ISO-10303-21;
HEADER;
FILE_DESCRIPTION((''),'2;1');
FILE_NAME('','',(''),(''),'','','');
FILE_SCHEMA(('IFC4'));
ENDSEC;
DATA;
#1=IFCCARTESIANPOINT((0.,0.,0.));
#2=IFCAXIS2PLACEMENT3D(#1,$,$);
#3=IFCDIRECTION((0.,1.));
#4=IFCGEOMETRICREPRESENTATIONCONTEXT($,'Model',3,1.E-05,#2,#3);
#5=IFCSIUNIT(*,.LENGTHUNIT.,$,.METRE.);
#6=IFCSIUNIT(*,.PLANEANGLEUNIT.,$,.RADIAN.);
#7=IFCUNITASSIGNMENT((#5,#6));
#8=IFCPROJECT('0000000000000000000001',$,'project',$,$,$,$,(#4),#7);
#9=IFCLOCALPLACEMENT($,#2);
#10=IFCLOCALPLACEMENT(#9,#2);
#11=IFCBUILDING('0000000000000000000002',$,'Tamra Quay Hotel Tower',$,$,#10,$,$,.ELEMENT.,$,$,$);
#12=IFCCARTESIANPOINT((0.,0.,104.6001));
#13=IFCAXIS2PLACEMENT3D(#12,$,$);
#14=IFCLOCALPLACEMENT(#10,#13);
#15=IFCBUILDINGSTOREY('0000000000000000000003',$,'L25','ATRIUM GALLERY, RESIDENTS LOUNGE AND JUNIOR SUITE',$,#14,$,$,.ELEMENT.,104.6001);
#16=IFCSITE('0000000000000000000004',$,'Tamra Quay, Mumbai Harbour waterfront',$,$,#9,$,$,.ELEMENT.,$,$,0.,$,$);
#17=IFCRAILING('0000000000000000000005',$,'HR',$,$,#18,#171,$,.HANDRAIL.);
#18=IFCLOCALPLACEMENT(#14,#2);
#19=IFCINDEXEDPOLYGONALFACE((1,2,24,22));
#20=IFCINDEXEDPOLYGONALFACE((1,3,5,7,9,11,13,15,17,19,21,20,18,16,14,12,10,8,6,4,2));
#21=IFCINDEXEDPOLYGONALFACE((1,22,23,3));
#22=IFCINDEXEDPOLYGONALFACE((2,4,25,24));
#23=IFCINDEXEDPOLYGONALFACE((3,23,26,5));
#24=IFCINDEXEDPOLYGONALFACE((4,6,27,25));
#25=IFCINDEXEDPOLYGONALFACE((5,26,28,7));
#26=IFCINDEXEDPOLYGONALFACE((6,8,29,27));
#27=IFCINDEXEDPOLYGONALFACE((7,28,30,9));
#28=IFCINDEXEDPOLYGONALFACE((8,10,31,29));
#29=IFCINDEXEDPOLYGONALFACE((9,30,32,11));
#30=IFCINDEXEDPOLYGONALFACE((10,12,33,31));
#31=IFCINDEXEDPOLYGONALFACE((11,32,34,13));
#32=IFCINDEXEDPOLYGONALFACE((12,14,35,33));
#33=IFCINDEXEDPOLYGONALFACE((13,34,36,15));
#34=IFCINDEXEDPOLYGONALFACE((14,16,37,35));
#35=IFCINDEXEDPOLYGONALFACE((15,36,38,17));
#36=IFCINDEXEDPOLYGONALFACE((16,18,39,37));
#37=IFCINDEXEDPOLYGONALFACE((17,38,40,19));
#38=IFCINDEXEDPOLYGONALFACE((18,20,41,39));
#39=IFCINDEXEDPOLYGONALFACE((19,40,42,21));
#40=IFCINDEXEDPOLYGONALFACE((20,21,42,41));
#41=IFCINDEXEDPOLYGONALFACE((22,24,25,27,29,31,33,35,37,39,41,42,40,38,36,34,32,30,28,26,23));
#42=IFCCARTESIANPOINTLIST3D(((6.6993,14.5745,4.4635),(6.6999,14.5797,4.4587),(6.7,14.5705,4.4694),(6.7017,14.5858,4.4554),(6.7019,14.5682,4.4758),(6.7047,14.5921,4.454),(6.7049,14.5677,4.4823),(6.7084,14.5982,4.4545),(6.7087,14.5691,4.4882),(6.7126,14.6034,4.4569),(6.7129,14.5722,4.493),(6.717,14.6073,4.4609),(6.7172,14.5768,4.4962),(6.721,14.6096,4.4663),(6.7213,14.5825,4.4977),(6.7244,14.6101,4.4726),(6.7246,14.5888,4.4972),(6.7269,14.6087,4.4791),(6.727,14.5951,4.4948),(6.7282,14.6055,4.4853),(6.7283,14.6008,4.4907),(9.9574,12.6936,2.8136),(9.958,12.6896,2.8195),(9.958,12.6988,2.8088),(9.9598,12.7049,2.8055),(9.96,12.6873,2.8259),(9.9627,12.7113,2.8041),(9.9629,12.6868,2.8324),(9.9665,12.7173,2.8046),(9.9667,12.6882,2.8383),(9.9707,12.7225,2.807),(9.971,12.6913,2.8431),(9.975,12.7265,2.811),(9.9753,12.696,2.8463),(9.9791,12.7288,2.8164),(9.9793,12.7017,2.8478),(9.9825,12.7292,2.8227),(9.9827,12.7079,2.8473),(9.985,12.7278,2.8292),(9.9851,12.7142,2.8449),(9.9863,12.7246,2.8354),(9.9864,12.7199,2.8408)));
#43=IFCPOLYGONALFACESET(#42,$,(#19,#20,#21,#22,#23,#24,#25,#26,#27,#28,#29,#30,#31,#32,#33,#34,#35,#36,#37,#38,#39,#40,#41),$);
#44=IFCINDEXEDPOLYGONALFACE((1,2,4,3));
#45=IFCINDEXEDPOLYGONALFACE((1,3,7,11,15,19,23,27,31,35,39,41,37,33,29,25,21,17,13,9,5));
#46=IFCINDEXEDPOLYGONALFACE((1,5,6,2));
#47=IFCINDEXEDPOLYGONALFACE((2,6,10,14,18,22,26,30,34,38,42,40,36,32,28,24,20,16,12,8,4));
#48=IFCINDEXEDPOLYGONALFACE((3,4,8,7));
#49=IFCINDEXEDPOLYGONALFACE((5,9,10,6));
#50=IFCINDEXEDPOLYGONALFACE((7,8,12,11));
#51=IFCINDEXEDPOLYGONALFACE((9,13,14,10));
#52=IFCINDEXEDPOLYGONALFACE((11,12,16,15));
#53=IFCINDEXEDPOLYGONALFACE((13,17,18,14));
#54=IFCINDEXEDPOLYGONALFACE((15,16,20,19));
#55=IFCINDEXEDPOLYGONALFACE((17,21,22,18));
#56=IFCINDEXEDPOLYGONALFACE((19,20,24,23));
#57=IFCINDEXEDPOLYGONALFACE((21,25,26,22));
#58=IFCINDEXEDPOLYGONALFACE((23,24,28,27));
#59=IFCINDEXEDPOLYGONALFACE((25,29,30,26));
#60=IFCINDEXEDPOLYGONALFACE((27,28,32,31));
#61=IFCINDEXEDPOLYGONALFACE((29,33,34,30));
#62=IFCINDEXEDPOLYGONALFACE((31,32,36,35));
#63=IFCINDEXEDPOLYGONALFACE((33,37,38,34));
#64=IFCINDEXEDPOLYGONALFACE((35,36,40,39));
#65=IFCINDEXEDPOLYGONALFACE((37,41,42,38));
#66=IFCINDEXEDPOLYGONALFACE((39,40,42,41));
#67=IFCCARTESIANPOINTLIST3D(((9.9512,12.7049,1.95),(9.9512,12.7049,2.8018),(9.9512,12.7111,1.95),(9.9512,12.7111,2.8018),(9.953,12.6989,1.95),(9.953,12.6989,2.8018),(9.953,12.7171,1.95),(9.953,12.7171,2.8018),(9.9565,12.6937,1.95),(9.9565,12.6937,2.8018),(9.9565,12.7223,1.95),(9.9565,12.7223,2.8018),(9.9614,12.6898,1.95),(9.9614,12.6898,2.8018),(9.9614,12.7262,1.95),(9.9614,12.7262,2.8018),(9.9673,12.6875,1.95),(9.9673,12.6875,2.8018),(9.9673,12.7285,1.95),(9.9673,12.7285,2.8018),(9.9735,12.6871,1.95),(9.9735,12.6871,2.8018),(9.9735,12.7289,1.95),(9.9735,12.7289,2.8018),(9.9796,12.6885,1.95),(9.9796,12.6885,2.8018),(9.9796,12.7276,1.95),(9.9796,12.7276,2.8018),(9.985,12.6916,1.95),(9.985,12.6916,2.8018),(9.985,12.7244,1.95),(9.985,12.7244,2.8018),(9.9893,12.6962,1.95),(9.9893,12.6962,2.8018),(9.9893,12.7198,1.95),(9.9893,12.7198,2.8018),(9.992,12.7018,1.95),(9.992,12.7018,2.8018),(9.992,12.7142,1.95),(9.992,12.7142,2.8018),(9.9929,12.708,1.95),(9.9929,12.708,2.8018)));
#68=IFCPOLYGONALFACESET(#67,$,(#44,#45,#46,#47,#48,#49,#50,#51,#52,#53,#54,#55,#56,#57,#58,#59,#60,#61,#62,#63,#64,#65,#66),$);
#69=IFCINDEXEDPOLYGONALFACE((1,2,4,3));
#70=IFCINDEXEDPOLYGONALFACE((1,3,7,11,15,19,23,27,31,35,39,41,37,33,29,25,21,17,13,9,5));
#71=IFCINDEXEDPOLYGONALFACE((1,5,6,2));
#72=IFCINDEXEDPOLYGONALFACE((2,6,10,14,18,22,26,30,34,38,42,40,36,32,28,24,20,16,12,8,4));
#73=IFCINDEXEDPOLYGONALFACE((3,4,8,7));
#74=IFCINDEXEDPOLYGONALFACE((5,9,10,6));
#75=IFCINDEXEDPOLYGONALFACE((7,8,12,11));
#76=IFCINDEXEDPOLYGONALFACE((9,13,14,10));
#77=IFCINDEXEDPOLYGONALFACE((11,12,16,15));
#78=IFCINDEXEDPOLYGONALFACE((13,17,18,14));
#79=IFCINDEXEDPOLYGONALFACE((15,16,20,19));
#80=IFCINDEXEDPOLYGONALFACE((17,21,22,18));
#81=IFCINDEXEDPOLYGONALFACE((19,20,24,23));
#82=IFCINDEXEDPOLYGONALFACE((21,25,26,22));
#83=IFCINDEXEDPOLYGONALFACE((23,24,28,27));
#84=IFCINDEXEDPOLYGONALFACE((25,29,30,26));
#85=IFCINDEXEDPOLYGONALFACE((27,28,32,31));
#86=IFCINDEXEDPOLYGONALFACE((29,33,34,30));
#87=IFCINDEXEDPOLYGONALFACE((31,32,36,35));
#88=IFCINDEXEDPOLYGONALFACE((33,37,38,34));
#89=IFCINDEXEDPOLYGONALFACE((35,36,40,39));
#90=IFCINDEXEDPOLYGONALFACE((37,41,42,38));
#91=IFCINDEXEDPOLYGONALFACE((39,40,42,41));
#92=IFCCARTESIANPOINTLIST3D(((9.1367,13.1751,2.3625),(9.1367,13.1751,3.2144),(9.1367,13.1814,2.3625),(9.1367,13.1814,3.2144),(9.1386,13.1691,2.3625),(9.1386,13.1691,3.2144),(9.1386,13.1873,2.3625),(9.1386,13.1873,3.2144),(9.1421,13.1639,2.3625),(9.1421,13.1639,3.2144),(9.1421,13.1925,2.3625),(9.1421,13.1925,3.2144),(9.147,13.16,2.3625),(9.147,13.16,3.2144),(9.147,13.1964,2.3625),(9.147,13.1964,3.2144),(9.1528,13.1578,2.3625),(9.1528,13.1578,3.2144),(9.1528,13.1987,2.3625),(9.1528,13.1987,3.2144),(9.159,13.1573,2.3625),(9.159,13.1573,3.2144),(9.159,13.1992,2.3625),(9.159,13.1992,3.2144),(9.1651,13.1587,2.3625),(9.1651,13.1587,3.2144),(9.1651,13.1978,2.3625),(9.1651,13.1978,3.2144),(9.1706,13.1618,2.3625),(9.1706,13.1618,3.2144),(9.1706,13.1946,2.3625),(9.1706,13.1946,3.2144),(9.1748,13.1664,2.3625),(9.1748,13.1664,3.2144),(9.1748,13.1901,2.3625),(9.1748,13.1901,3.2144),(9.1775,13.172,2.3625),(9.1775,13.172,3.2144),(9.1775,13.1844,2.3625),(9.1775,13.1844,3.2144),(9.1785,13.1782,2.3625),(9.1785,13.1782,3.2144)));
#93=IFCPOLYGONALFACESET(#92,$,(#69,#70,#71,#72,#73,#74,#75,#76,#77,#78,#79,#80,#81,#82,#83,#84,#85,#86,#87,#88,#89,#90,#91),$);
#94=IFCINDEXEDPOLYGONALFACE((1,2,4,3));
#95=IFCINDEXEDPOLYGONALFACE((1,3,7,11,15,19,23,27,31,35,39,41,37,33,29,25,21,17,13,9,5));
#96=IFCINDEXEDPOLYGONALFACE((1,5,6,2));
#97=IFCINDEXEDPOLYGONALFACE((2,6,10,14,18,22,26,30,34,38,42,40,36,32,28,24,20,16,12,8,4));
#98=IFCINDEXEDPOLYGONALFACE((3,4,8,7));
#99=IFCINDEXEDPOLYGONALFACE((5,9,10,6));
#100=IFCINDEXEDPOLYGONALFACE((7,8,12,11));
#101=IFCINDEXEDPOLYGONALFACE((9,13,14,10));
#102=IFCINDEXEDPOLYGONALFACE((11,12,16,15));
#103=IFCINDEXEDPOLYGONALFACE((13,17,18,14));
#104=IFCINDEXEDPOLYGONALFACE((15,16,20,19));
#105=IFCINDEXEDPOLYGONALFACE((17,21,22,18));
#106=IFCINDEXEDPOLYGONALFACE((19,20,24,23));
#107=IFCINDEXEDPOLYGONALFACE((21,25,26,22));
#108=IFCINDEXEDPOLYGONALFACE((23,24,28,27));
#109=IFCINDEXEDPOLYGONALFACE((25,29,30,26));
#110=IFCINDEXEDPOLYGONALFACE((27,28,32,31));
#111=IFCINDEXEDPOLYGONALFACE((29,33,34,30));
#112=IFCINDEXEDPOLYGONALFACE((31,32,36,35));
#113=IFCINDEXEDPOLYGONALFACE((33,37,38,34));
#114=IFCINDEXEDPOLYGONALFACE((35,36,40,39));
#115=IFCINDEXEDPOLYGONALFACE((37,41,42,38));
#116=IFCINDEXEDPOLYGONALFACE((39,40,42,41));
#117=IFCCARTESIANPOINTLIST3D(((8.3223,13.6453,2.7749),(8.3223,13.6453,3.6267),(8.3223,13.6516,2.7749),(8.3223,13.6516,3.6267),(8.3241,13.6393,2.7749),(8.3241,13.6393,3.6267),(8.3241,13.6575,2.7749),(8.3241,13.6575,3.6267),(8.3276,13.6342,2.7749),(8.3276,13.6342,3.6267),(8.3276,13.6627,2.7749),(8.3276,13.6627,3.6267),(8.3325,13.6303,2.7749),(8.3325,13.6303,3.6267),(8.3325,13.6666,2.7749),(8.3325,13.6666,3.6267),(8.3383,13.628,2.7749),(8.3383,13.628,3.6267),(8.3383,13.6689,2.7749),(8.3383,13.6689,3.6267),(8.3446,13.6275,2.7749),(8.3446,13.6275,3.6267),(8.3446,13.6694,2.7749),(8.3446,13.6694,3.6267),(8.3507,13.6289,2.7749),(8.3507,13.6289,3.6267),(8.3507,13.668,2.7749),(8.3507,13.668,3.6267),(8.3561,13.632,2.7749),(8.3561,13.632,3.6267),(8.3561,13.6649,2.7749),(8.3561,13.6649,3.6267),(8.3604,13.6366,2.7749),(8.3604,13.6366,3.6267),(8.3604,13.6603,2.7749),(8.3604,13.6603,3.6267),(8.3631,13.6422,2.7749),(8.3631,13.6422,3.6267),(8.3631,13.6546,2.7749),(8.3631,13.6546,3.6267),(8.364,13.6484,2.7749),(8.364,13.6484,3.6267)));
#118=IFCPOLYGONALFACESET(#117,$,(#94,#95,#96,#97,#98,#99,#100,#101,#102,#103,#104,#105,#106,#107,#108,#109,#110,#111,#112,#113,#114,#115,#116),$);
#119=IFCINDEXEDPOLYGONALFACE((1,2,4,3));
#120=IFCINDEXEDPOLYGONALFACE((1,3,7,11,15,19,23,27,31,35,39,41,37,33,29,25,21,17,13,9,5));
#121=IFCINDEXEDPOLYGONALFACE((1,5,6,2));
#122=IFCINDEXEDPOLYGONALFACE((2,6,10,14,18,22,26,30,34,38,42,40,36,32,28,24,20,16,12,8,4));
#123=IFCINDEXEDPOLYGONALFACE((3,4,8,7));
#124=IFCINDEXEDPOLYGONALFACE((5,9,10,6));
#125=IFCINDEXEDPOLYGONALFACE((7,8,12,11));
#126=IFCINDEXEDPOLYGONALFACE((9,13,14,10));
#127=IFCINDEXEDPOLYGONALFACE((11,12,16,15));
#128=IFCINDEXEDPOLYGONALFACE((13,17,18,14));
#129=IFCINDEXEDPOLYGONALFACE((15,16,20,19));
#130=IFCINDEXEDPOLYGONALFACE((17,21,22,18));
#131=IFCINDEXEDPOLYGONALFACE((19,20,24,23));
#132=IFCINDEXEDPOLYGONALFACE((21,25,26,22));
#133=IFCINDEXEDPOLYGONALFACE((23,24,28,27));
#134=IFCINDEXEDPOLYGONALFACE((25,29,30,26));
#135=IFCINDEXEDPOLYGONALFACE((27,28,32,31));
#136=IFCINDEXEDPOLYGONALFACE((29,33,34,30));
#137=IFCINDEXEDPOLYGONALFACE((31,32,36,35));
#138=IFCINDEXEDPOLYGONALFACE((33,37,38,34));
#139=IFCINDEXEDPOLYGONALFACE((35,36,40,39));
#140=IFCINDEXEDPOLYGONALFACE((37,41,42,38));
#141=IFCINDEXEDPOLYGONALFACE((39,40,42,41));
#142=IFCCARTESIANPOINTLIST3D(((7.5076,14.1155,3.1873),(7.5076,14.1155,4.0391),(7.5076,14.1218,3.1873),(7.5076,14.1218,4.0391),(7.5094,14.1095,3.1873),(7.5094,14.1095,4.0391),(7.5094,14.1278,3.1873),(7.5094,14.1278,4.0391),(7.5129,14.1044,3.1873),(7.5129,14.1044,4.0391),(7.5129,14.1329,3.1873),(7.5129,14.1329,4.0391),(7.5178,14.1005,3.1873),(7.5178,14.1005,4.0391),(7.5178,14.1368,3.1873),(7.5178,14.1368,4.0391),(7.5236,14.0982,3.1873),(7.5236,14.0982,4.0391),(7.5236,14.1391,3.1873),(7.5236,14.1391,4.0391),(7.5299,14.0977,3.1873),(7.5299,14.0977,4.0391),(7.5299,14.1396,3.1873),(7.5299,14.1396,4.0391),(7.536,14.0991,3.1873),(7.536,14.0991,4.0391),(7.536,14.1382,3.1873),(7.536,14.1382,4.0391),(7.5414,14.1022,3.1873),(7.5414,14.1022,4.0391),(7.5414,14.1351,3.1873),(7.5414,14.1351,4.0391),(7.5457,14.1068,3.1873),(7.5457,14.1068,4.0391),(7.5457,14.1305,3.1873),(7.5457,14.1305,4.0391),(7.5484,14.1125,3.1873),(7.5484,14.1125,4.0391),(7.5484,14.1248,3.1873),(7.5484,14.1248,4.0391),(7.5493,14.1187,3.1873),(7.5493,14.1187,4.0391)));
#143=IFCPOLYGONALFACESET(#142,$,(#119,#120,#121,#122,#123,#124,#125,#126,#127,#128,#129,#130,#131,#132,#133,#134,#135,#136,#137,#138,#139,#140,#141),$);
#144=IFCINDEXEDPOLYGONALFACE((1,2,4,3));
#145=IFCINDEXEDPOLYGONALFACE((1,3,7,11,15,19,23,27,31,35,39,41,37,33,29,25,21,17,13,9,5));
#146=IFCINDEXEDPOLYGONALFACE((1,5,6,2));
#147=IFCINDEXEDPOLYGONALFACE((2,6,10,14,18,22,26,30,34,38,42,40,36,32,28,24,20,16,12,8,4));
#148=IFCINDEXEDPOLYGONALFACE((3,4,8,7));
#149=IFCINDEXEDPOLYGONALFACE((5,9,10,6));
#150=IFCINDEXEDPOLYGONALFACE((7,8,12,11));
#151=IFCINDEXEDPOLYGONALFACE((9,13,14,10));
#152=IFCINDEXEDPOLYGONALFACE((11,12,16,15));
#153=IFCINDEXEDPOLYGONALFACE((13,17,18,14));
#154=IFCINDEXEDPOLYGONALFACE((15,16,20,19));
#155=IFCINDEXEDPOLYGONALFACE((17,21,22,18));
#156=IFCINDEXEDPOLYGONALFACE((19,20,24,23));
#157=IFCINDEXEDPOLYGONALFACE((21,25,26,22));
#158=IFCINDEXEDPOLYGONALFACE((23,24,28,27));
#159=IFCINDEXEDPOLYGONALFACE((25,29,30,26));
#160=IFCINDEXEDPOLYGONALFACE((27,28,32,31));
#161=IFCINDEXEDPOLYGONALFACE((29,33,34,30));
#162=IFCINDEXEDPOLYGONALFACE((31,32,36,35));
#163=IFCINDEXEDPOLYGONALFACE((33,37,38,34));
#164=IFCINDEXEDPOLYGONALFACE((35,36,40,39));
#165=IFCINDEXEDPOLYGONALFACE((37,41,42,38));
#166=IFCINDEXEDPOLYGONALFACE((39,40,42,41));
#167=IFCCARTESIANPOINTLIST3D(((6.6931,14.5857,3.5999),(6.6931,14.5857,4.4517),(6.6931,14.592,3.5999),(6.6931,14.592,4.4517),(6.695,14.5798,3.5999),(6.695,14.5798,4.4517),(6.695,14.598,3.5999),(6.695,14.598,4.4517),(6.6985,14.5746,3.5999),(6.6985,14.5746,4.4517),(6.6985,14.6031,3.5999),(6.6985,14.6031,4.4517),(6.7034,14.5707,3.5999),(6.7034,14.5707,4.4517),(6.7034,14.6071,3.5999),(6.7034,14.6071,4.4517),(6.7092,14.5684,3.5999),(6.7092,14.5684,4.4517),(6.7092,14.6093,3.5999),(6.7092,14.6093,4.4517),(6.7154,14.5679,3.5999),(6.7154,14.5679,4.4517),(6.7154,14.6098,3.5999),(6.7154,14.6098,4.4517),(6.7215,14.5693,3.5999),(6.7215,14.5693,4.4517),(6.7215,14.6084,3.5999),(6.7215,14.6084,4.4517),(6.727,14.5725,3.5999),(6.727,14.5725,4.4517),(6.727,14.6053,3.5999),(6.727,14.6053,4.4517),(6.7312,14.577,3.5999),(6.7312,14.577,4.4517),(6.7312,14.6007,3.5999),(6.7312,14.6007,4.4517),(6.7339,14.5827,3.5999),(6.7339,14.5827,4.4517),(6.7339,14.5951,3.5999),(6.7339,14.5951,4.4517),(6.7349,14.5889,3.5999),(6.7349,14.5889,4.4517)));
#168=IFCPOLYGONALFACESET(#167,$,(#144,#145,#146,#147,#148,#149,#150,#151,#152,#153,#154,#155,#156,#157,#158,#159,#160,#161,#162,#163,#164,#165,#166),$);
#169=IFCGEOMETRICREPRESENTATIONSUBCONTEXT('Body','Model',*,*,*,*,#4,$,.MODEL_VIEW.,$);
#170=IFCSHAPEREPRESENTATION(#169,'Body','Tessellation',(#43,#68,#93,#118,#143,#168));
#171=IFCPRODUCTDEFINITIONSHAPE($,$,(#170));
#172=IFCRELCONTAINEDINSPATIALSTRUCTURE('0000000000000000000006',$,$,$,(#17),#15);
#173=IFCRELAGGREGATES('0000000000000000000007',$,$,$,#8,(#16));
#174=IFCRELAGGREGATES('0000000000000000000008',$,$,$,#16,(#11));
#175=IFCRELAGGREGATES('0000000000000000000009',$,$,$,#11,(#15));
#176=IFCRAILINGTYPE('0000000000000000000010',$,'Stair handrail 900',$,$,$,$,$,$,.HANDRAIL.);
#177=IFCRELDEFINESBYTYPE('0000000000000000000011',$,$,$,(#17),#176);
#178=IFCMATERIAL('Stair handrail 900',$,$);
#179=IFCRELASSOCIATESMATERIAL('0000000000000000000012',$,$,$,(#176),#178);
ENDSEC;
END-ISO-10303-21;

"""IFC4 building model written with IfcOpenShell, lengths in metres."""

from ifc_helpers import new_model, si_unit, direction, frame, origin, origin_2d, place, context, subcontext, project, spatial, circle, extrude, material, type_object, element, save


model = new_model("IFC4")

# Units and contexts
model_context = context("Model", 3, precision=1e-05, world=origin(), true_north=direction((0.0, 1.0)))
body_context = subcontext(model_context, "Body", "Model", "MODEL_VIEW")
ifc_project = project(units=[si_unit("LENGTHUNIT", "METRE"), si_unit("PLANEANGLEUNIT", "RADIAN")], contexts=[model_context])

# Site, building, storey
site_placement = place(None, origin())
site = spatial("IfcSite", under=ifc_project, at=site_placement, Name="Tamra Quay, Mumbai Harbour waterfront", CompositionType="ELEMENT", RefElevation=0.0)
building_placement = place(site_placement, origin())
building = spatial("IfcBuilding", under=site, at=building_placement, Name="Tamra Quay Hotel Tower", CompositionType="ELEMENT")
storey_placement = place(building_placement, frame((0.0, 0.0, 104.6001)))
storey = spatial("IfcBuildingStorey", under=building, at=storey_placement, Name="L25", Description="ATRIUM GALLERY, RESIDENTS LOUNGE AND JUNIOR SUITE", CompositionType="ELEMENT", Elevation=104.6001)

# Railing
ifc_material_1 = material(Name="Stair handrail 900")
railing_type_1 = type_object("IfcRailingType", Name="Stair handrail 900", PredefinedType="HANDRAIL", material=ifc_material_1)
railing_1_placement = place(storey_placement, frame((9.9719, 12.708, 1.95)))
element("IfcRailing", 1, at=railing_1_placement, inside=storey, type_object=railing_type_1, Name="HR", PredefinedType="HANDRAIL", context=body_context, shape_type="SweptSolid", body=[
    extrude(circle(Radius=0.0239, at=origin_2d()), frame((0.0, 0.0, 0.876), z_axis=(-0.793122, 0.457865, 0.401642), x_axis=(-0.499964, -0.866046, 0.0)), (0.0, 0.0, 1.0), 4.1079),
    extrude(circle(Radius=0.021, at=origin_2d()), origin(), (0.0, 0.0, 1.0), 0.8518),
    extrude(circle(Radius=0.021, at=origin_2d()), frame((-0.8145, 0.4702, 0.4126)), (0.0, 0.0, 1.0), 0.8518),
    extrude(circle(Radius=0.021, at=origin_2d()), frame((-1.6289, 0.9404, 0.825)), (0.0, 0.0, 1.0), 0.8518),
    extrude(circle(Radius=0.021, at=origin_2d()), frame((-2.4436, 1.4106, 1.2373)), (0.0, 0.0, 1.0), 0.8518),
    extrude(circle(Radius=0.021, at=origin_2d()), frame((-3.2581, 1.8809, 1.6499)), (0.0, 0.0, 1.0), 0.8518),
])

save(model, "model.ifc")
